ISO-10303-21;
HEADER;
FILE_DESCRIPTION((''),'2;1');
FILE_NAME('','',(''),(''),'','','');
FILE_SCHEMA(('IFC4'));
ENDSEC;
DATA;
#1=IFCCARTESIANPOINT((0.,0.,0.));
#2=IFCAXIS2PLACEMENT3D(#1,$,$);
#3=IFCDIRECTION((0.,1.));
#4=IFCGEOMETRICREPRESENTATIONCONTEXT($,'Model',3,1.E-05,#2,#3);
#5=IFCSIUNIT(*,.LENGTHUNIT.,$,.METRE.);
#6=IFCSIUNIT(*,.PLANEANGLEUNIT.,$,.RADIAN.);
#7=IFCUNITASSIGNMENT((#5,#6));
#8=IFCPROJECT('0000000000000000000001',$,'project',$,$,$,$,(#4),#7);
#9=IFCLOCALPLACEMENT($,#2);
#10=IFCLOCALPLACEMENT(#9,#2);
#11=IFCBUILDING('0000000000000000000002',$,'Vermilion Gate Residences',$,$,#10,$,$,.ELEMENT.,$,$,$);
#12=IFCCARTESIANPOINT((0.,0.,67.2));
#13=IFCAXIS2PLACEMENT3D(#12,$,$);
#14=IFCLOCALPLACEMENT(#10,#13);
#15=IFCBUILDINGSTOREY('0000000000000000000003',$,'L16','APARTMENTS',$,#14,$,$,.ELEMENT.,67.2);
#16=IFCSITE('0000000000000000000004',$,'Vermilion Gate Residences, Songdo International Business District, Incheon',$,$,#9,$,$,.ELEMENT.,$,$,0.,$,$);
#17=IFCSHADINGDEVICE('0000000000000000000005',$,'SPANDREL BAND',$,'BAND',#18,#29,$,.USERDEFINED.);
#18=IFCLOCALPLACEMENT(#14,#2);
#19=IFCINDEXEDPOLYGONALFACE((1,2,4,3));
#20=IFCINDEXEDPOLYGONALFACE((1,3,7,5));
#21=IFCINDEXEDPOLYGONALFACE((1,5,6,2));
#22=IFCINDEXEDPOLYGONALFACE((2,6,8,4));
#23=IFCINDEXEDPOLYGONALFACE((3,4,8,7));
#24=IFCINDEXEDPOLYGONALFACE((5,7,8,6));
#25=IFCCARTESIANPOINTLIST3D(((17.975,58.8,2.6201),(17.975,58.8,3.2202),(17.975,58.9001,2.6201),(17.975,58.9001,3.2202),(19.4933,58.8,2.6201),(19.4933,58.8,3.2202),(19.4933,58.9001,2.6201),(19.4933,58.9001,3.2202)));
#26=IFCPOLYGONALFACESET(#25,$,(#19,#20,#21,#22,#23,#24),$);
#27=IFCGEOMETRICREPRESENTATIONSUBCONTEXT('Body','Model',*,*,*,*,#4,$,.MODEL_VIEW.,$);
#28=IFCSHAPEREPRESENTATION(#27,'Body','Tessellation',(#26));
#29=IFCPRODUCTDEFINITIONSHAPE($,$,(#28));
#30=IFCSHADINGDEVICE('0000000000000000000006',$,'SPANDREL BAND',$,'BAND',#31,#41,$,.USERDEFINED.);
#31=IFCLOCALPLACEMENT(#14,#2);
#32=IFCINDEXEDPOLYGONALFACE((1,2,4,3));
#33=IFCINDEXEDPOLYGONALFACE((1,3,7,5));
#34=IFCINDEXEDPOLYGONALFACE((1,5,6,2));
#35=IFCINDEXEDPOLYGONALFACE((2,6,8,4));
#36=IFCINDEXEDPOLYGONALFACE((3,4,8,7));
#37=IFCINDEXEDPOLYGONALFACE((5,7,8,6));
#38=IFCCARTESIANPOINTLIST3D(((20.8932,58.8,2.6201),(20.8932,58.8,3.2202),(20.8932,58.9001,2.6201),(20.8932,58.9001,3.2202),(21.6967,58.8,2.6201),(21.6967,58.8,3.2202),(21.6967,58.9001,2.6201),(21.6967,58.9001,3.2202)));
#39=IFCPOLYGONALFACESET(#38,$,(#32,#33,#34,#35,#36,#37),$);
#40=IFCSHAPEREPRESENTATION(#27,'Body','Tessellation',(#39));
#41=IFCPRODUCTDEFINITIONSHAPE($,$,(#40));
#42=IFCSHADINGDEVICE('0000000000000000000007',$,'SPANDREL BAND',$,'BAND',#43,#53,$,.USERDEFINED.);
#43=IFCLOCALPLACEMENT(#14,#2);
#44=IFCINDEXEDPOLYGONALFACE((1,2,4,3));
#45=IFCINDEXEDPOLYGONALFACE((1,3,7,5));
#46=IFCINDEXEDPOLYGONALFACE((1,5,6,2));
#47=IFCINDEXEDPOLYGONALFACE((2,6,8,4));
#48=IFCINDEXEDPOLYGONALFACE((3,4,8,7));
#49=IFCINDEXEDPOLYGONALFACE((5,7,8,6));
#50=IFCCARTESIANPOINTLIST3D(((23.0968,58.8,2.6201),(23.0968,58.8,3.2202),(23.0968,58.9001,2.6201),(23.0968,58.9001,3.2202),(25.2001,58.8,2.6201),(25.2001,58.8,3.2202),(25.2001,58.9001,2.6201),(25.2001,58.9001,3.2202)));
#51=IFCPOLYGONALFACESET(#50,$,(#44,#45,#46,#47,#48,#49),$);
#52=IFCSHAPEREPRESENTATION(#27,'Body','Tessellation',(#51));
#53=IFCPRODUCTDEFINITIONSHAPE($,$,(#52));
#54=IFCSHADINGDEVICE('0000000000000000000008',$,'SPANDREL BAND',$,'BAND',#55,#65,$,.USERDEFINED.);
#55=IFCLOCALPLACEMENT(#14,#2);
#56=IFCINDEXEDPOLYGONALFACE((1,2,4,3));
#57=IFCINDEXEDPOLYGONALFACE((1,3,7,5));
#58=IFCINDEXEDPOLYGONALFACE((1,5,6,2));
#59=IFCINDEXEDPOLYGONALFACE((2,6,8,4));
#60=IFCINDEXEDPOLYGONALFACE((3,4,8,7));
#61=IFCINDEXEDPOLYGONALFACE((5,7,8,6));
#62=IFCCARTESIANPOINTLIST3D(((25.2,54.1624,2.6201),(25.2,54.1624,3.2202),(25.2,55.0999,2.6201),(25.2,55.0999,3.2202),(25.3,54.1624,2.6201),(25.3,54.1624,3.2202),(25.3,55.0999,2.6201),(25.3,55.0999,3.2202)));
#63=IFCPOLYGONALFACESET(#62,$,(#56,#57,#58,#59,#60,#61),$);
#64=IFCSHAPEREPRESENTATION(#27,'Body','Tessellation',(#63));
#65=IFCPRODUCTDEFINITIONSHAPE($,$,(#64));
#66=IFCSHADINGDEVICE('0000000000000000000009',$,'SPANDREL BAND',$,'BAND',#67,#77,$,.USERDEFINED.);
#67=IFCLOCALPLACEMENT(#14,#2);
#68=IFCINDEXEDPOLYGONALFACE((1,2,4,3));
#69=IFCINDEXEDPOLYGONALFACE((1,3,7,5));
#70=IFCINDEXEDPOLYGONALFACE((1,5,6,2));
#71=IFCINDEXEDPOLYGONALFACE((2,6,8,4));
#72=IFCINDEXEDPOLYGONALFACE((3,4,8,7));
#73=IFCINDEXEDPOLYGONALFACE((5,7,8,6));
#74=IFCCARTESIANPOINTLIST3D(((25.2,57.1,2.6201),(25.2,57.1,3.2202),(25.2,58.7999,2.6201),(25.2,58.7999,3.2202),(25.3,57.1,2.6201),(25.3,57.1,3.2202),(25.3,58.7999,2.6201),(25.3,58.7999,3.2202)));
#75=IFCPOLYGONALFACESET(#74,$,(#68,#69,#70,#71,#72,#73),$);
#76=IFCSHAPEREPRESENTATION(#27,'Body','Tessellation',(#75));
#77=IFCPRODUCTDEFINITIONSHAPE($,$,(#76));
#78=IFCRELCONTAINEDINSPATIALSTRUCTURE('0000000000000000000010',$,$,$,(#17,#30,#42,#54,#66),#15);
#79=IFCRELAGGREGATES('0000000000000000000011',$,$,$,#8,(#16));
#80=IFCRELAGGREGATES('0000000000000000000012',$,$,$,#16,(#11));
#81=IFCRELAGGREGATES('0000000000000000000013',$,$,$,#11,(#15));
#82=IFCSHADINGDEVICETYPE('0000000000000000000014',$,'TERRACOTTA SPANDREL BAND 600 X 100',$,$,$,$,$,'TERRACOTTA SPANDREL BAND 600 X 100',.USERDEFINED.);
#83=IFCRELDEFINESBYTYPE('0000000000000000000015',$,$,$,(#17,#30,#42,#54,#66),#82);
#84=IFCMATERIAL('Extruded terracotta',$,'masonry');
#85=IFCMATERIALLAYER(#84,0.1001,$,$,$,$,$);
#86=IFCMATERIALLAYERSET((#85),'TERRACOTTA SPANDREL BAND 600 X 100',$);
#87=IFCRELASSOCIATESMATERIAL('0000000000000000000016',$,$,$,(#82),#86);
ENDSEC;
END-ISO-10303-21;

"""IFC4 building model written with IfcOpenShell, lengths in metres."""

from ifc_helpers import new_model, si_unit, direction, frame, origin, origin_2d, place, context, subcontext, project, spatial, rectangle, extrude, material, layer, layer_set, type_object, element, save


model = new_model("IFC4")

# Units and contexts
model_context = context("Model", 3, precision=1e-05, world=origin(), true_north=direction((0.0, 1.0)))
body_context = subcontext(model_context, "Body", "Model", "MODEL_VIEW")
ifc_project = project(units=[si_unit("LENGTHUNIT", "METRE"), si_unit("PLANEANGLEUNIT", "RADIAN")], contexts=[model_context])

# Site, building, storey
site_placement = place(None, origin())
site = spatial("IfcSite", under=ifc_project, at=site_placement, Name="Vermilion Gate Residences, Songdo International Business District, Incheon", CompositionType="ELEMENT", RefElevation=0.0)
building_placement = place(site_placement, origin())
building = spatial("IfcBuilding", under=site, at=building_placement, Name="Vermilion Gate Residences", CompositionType="ELEMENT")
storey_placement = place(building_placement, frame((0.0, 0.0, 67.2)))
storey = spatial("IfcBuildingStorey", under=building, at=storey_placement, Name="L16", Description="APARTMENTS", CompositionType="ELEMENT", Elevation=67.2)

# Shading devices
ifc_material_1 = material(Name="Extruded terracotta", Category="masonry")
ifc_layer_1 = layer(ifc_material_1, 0.1001)
ifc_layer_set_1 = layer_set([ifc_layer_1], Name="TERRACOTTA SPANDREL BAND 600 X 100")
shading_device_type = type_object("IfcShadingDeviceType", Name="TERRACOTTA SPANDREL BAND 600 X 100", ElementType="TERRACOTTA SPANDREL BAND 600 X 100", PredefinedType="USERDEFINED", material=ifc_layer_set_1)
shading_device_1_placement = place(storey_placement, frame((18.7341, 58.8501, 2.6201), z_axis=(0.0, 0.0, 1.0), x_axis=(1.0, 0.0, 0.0)))
element("IfcShadingDevice", 1, at=shading_device_1_placement, inside=storey, type_object=shading_device_type, Name="SPANDREL BAND", ObjectType="BAND", PredefinedType="USERDEFINED", context=body_context, shape_type="SweptSolid", body=[
    extrude(rectangle(XDim=1.5183, YDim=0.1001, at=origin_2d()), origin(), (0.0, 0.0, 1.0), 0.6001),
])
shading_device_2_placement = place(storey_placement, frame((21.2949, 58.8501, 2.6201), z_axis=(0.0, 0.0, 1.0), x_axis=(1.0, 0.0, 0.0)))
element("IfcShadingDevice", 2, at=shading_device_2_placement, inside=storey, type_object=shading_device_type, Name="SPANDREL BAND", ObjectType="BAND", PredefinedType="USERDEFINED", context=body_context, shape_type="SweptSolid", body=[
    extrude(rectangle(XDim=0.8035, YDim=0.1001, at=origin_2d()), origin(), (0.0, 0.0, 1.0), 0.6001),
])
shading_device_3_placement = place(storey_placement, frame((24.1484, 58.8501, 2.6201), z_axis=(0.0, 0.0, 1.0), x_axis=(1.0, 0.0, 0.0)))
element("IfcShadingDevice", 3, at=shading_device_3_placement, inside=storey, type_object=shading_device_type, Name="SPANDREL BAND", ObjectType="BAND", PredefinedType="USERDEFINED", context=body_context, shape_type="SweptSolid", body=[
    extrude(rectangle(XDim=2.1033, YDim=0.1001, at=origin_2d()), origin(), (0.0, 0.0, 1.0), 0.6001),
])
shading_device_4_placement = place(storey_placement, frame((25.25, 54.6311, 2.6201), z_axis=(0.0, 0.0, 1.0), x_axis=(0.0, 1.0, 0.0)))
element("IfcShadingDevice", 4, at=shading_device_4_placement, inside=storey, type_object=shading_device_type, Name="SPANDREL BAND", ObjectType="BAND", PredefinedType="USERDEFINED", context=body_context, shape_type="SweptSolid", body=[
    extrude(rectangle(XDim=0.9375, YDim=0.1001, at=origin_2d()), origin(), (0.0, 0.0, 1.0), 0.6001),
])
shading_device_5_placement = place(storey_placement, frame((25.25, 57.95, 2.6201), z_axis=(0.0, 0.0, 1.0), x_axis=(0.0, 1.0, 0.0)))
element("IfcShadingDevice", 5, at=shading_device_5_placement, inside=storey, type_object=shading_device_type, Name="SPANDREL BAND", ObjectType="BAND", PredefinedType="USERDEFINED", context=body_context, shape_type="SweptSolid", body=[
    extrude(rectangle(XDim=1.7, YDim=0.1001, at=origin_2d()), origin(), (0.0, 0.0, 1.0), 0.6001),
])

save(model, "model.ifc")
